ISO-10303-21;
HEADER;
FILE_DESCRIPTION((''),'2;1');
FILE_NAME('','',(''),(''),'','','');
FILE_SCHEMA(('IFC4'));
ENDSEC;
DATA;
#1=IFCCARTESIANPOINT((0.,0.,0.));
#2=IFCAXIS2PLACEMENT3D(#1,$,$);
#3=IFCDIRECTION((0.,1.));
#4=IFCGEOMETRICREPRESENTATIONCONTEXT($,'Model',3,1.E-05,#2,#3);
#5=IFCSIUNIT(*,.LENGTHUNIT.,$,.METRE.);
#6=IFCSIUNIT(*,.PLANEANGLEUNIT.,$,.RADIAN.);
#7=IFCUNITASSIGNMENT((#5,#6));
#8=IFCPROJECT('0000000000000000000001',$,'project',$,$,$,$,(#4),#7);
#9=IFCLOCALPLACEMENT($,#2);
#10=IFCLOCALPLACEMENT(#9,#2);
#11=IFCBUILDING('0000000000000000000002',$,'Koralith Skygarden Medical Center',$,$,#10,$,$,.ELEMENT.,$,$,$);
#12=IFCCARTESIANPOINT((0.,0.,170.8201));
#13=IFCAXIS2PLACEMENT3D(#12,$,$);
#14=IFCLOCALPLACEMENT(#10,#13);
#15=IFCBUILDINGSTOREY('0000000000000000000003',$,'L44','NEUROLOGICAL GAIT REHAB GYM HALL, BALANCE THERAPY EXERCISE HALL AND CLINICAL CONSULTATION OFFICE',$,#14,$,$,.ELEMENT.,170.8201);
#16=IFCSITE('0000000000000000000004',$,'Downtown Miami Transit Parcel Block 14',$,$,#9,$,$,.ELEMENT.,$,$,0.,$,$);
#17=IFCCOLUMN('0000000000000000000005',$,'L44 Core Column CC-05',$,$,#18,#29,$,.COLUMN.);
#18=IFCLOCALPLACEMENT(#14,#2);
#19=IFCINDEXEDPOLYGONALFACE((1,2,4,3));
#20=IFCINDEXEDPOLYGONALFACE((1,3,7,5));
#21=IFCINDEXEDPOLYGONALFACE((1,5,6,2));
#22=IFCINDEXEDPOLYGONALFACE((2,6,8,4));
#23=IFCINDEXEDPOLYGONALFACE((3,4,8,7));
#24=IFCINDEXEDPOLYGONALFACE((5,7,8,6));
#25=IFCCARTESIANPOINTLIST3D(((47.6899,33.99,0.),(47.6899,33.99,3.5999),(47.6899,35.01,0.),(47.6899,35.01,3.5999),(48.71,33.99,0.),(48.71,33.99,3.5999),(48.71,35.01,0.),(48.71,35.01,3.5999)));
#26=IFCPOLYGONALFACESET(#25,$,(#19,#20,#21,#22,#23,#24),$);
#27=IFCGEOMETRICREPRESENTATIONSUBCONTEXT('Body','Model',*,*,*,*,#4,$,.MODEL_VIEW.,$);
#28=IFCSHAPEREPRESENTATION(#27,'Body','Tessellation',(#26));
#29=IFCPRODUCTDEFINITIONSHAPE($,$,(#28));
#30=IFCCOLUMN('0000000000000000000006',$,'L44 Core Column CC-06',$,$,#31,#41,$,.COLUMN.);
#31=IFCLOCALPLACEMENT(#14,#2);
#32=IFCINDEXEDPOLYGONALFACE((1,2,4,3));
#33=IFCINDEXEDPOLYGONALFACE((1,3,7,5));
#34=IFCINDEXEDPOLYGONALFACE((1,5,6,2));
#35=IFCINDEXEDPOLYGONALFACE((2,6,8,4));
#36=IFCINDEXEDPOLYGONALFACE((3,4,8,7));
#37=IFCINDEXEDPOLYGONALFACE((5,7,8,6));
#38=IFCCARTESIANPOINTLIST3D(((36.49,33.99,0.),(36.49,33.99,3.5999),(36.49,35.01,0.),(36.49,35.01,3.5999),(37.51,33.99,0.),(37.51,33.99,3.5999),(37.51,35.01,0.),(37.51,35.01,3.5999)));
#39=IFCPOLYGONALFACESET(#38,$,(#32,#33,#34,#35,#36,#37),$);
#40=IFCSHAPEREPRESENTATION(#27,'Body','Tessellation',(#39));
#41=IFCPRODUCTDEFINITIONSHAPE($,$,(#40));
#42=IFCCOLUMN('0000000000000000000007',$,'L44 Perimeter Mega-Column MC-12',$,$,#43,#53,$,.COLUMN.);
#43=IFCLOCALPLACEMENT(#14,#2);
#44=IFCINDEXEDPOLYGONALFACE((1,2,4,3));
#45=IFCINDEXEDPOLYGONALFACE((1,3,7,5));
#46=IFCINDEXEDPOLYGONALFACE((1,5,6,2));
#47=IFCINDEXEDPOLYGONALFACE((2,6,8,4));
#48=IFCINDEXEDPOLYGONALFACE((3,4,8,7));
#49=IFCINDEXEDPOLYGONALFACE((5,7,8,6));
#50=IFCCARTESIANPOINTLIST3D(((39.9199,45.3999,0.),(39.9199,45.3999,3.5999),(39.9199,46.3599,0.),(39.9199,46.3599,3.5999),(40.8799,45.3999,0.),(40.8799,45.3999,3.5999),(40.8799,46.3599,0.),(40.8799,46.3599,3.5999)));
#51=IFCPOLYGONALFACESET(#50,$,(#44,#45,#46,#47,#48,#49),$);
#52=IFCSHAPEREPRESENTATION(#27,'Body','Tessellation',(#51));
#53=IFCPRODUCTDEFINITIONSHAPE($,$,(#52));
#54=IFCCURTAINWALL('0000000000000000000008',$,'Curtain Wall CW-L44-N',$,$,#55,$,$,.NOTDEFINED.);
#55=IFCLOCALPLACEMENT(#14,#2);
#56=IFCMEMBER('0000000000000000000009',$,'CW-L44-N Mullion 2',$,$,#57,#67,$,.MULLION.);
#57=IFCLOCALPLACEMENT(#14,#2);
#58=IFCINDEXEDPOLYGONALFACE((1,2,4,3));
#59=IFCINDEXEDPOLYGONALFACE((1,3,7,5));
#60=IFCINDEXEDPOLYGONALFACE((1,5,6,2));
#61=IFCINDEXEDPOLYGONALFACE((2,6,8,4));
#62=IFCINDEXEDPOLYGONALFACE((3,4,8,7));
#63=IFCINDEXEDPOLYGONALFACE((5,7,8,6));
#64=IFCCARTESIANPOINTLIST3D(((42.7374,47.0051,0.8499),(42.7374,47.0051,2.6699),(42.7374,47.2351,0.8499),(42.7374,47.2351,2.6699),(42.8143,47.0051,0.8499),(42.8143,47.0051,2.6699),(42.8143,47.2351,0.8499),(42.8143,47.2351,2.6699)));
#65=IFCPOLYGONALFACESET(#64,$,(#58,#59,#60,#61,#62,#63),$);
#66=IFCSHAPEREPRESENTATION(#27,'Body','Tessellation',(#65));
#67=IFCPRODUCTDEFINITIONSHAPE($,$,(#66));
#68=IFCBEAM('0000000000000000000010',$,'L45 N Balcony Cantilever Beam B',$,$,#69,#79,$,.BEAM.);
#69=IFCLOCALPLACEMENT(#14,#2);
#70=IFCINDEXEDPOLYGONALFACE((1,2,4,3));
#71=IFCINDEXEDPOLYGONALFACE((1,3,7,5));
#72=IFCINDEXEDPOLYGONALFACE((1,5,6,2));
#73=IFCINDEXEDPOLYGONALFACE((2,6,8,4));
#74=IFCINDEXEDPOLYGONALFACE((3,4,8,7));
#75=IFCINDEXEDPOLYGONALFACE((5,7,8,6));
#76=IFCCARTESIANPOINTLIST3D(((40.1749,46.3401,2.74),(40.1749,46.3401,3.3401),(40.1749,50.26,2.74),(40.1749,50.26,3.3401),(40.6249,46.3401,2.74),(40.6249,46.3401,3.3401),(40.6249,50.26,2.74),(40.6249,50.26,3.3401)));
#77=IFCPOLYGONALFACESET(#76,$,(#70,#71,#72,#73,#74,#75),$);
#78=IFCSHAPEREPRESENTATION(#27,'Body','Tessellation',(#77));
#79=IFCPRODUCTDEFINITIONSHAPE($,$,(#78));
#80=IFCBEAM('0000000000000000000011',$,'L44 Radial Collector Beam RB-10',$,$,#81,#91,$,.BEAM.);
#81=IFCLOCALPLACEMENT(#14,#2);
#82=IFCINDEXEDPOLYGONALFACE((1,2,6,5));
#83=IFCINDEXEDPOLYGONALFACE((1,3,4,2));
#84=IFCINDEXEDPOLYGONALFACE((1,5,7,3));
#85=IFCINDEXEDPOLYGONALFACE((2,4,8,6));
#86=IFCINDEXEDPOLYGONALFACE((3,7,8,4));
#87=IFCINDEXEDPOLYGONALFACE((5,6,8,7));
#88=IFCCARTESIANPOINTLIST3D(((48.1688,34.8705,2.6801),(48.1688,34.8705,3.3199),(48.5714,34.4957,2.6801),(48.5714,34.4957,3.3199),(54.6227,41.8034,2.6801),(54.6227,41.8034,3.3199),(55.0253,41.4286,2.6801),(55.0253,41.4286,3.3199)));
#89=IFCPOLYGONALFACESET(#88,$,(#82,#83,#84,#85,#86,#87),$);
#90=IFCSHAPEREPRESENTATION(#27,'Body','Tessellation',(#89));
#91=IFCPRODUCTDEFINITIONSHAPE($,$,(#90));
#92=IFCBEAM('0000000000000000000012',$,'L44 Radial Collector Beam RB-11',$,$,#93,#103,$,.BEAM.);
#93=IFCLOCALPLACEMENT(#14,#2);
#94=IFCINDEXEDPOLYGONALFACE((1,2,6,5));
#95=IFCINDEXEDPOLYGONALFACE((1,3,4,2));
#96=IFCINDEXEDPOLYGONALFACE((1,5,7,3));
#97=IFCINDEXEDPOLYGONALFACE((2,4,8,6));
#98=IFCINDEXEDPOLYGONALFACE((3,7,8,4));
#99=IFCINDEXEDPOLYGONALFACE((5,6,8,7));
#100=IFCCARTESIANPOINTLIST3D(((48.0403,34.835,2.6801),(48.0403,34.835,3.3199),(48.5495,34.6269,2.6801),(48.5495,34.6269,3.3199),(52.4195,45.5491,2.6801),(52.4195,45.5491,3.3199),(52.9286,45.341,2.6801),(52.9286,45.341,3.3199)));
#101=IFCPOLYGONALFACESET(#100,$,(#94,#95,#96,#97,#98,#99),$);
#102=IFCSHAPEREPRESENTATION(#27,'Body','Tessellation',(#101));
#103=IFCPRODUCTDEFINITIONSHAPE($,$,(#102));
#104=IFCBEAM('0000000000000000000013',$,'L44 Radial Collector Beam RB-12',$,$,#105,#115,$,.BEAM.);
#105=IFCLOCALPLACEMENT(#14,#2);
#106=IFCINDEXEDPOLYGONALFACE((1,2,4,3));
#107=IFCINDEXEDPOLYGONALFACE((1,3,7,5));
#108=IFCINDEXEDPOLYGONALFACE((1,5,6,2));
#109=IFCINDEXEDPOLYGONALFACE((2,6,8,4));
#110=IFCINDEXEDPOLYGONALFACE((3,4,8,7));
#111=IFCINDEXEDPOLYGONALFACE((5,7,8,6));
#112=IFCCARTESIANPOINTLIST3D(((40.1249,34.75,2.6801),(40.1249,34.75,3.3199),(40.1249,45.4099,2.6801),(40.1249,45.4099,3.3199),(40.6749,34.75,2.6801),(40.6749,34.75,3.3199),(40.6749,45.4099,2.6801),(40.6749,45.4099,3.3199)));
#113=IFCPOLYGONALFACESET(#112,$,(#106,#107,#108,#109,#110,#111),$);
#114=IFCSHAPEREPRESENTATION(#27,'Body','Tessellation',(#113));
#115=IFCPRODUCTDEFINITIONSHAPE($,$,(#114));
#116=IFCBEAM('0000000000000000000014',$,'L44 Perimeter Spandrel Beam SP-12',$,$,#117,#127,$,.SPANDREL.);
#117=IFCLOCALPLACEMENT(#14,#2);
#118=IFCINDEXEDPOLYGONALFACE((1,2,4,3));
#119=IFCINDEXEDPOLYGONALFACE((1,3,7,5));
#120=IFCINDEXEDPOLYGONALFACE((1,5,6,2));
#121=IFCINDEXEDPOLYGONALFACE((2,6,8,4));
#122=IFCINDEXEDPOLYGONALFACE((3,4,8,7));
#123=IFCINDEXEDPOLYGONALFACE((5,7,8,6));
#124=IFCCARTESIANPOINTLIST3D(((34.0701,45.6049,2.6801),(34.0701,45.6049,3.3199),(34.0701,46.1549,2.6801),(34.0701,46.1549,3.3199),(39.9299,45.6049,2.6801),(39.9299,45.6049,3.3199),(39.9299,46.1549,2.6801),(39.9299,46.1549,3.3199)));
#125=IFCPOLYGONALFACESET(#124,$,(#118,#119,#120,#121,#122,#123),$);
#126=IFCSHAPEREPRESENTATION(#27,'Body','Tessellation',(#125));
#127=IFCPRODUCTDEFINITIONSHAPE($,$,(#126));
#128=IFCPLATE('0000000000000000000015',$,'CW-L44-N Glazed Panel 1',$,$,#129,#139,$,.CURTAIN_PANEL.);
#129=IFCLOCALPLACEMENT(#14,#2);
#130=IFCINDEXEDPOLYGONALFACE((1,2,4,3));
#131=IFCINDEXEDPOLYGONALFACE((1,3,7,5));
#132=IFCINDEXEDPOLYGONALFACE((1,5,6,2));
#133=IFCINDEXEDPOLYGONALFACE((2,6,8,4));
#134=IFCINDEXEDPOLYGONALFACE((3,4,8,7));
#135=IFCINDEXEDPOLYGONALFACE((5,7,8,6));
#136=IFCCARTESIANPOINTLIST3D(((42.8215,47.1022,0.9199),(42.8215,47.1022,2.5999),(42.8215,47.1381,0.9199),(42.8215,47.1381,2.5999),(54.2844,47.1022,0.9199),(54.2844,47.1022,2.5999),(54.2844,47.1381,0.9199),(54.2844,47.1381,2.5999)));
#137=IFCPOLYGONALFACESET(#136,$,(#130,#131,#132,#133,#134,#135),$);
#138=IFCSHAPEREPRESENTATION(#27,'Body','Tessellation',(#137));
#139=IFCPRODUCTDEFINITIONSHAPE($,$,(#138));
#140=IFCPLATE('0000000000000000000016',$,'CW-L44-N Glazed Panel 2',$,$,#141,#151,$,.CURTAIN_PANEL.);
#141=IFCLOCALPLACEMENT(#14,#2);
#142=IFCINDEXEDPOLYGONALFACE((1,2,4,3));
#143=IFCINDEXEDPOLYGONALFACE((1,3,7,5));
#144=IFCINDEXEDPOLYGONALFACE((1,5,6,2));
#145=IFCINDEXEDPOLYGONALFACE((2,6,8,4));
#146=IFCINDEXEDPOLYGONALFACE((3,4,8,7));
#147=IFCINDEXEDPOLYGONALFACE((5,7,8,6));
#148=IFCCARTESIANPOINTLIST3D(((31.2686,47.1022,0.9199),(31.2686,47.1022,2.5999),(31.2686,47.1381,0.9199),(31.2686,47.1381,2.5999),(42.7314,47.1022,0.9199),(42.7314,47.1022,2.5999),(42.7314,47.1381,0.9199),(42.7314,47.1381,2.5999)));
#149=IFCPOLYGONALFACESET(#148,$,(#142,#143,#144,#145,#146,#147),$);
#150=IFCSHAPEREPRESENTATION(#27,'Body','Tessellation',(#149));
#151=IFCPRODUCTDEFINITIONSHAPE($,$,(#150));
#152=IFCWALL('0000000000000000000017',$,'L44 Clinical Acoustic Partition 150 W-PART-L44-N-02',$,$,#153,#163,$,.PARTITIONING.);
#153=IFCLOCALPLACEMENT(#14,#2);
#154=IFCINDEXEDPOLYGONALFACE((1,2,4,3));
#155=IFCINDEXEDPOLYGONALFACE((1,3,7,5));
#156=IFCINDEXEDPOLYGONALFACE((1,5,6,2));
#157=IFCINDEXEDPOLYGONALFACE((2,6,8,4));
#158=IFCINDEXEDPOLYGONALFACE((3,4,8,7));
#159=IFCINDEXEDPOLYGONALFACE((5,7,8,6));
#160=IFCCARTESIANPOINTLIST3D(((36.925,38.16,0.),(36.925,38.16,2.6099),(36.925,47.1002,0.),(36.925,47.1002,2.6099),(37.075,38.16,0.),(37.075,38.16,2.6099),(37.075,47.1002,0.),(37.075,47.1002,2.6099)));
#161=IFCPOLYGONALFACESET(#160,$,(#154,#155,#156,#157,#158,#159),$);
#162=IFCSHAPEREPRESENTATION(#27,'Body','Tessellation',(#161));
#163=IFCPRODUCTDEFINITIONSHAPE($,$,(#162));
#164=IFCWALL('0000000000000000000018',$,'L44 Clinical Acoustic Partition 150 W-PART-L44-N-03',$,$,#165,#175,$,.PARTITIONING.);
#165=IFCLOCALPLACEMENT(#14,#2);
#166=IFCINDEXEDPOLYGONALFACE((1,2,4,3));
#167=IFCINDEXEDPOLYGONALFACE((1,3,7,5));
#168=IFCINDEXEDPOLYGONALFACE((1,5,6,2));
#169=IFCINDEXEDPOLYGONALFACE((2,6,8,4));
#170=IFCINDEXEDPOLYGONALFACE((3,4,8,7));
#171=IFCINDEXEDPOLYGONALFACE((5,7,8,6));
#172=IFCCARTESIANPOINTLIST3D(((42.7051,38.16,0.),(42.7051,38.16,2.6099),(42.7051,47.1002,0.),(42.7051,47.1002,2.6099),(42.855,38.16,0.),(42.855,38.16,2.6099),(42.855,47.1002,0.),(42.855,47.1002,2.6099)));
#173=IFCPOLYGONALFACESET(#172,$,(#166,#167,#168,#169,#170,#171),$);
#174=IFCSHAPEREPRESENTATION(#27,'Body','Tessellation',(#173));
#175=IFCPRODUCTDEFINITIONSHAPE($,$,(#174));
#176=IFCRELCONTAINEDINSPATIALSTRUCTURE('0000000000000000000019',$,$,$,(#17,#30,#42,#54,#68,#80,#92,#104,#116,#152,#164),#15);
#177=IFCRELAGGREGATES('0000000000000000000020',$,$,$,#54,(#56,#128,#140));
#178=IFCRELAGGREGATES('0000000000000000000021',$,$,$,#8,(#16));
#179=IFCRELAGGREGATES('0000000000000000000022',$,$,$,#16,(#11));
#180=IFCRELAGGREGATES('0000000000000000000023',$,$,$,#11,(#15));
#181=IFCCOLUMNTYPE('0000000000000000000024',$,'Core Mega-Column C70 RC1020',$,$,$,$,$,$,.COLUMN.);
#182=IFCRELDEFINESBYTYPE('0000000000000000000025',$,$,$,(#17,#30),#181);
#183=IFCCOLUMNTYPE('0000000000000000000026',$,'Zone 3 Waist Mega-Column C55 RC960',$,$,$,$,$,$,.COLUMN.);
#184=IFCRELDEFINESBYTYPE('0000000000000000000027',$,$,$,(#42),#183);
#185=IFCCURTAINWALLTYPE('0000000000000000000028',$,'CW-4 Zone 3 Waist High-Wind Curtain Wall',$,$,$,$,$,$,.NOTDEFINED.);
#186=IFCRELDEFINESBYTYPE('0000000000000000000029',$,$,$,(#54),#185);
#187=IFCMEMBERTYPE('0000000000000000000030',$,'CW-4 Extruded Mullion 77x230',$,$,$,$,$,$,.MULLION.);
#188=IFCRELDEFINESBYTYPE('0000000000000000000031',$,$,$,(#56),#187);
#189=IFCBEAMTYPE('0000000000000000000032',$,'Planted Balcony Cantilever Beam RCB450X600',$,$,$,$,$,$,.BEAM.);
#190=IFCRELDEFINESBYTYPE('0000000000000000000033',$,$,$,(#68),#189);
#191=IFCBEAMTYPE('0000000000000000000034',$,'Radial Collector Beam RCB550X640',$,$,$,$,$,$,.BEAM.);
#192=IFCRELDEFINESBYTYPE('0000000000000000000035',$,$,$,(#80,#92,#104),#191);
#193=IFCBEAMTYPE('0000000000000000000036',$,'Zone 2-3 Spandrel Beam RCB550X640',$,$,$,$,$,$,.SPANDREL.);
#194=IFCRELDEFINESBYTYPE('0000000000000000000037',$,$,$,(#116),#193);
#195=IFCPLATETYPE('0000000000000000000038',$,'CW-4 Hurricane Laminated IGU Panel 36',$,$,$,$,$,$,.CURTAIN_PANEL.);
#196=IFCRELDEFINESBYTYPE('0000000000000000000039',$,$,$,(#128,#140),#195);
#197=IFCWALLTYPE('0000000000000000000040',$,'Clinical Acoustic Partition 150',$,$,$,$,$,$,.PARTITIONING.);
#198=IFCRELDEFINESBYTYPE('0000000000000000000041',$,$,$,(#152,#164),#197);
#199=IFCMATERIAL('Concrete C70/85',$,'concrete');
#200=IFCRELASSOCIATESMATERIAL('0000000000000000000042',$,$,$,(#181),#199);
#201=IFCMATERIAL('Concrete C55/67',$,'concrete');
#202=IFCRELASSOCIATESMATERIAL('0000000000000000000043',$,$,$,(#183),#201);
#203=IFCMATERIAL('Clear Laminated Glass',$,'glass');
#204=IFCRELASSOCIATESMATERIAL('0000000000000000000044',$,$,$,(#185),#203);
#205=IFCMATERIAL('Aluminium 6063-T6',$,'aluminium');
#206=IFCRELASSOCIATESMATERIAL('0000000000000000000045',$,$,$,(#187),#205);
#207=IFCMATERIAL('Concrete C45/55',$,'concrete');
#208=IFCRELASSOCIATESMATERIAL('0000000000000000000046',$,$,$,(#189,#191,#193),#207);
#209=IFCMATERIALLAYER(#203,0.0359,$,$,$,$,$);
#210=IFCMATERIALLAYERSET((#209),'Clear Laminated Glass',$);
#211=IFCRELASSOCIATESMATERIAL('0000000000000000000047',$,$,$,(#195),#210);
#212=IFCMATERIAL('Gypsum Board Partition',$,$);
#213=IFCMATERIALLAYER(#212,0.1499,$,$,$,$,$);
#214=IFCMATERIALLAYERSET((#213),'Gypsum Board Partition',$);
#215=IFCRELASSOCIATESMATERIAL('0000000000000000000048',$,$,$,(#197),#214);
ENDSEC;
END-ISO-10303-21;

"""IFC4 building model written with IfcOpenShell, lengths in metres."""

from ifc_helpers import new_model, si_unit, direction, frame, frame_2d, origin, origin_2d, place, context, subcontext, project, spatial, rectangle, extrude, material, layer, layer_set, material_profile, profile_set, type_object, element, aggregate, save


model = new_model("IFC4")

# Units and contexts
model_context = context("Model", 3, precision=1e-05, world=origin(), true_north=direction((0.0, 1.0)))
body_context = subcontext(model_context, "Body", "Model", "MODEL_VIEW")
ifc_project = project(units=[si_unit("LENGTHUNIT", "METRE"), si_unit("PLANEANGLEUNIT", "RADIAN")], contexts=[model_context])

# Site, building, storey
site_placement = place(None, origin())
site = spatial("IfcSite", under=ifc_project, at=site_placement, Name="Downtown Miami Transit Parcel Block 14", CompositionType="ELEMENT", RefElevation=0.0)
building_placement = place(site_placement, origin())
building = spatial("IfcBuilding", under=site, at=building_placement, Name="Koralith Skygarden Medical Center", CompositionType="ELEMENT")
storey_placement = place(building_placement, frame((0.0, 0.0, 170.8201)))
storey = spatial("IfcBuildingStorey", under=building, at=storey_placement, Name="L44", Description="NEUROLOGICAL GAIT REHAB GYM HALL, BALANCE THERAPY EXERCISE HALL AND CLINICAL CONSULTATION OFFICE", CompositionType="ELEMENT", Elevation=170.8201)

# Columns
ifc_material_1 = material(Name="Concrete C70/85", Category="concrete")
ifc_material_profile_1 = material_profile(ifc_material_1, rectangle(XDim=1.02, YDim=1.02, at=origin_2d()), Name="RC1020X1020")
ifc_profile_set_1 = profile_set([ifc_material_profile_1], Name="Concrete C70/85")
column_type_1 = type_object("IfcColumnType", Name="Core Mega-Column C70 RC1020", PredefinedType="COLUMN", material=ifc_profile_set_1)
for number, where, z_axis, x_axis, name in (
    (1, (48.2, 34.5, 0.0), (0.0, 0.0, 1.0), (1.0, 0.0, 0.0), "L44 Core Column CC-05"),
    (2, (37.0, 34.5, 0.0), (0.0, 0.0, 1.0), (1.0, 0.0, 0.0), "L44 Core Column CC-06"),
):
    element("IfcColumn", number, at=place(storey_placement, frame(where, z_axis=z_axis, x_axis=x_axis)), inside=storey, type_object=column_type_1, Name=name, PredefinedType="COLUMN", context=body_context, shape_type="SweptSolid", body=[
        extrude(rectangle(XDim=1.02, YDim=1.02, at=origin_2d()), origin(), (0.0, 0.0, 1.0), 3.5999),
    ])
ifc_material_2 = material(Name="Concrete C55/67", Category="concrete")
ifc_material_profile_2 = material_profile(ifc_material_2, rectangle(XDim=0.96, YDim=0.96, at=origin_2d()), Name="RC960X960")
ifc_profile_set_2 = profile_set([ifc_material_profile_2], Name="Concrete C55/67")
column_type_2 = type_object("IfcColumnType", Name="Zone 3 Waist Mega-Column C55 RC960", PredefinedType="COLUMN", material=ifc_profile_set_2)
column_placement = place(storey_placement, frame((40.3999, 45.8799, 0.0), z_axis=(0.0, 0.0, 1.0), x_axis=(1.0, 0.0, 0.0)))
element("IfcColumn", 3, at=column_placement, inside=storey, type_object=column_type_2, Name="L44 Perimeter Mega-Column MC-12", PredefinedType="COLUMN", context=body_context, shape_type="SweptSolid", body=[
    extrude(rectangle(XDim=0.96, YDim=0.96, at=origin_2d()), origin(), (0.0, 0.0, 1.0), 3.5999),
])

# Curtain wall, member
ifc_material_3 = material(Name="Clear Laminated Glass", Category="glass")
curtain_wall_type = type_object("IfcCurtainWallType", Name="CW-4 Zone 3 Waist High-Wind Curtain Wall", PredefinedType="NOTDEFINED", material=ifc_material_3)
curtain_wall_placement = place(storey_placement, origin())
curtain_wall = element("IfcCurtainWall", 4, at=curtain_wall_placement, inside=storey, type_object=curtain_wall_type, Name="Curtain Wall CW-L44-N", PredefinedType="NOTDEFINED")
ifc_material_4 = material(Name="Aluminium 6063-T6", Category="aluminium")
ifc_material_profile_3 = material_profile(ifc_material_4, rectangle(XDim=0.0769, YDim=0.23, at=origin_2d()), Name="MUL77X230")
ifc_profile_set_3 = profile_set([ifc_material_profile_3], Name="Aluminium 6063-T6")
member_type = type_object("IfcMemberType", Name="CW-4 Extruded Mullion 77x230", PredefinedType="MULLION", material=ifc_profile_set_3)
member_placement = place(storey_placement, frame((42.7759, 47.1201, 0.8499), z_axis=(0.0, 0.0, 1.0), x_axis=(1.0, 0.0, 0.0)))
member = element("IfcMember", 5, at=member_placement, type_object=member_type, Name="CW-L44-N Mullion 2", PredefinedType="MULLION", context=body_context, shape_type="SweptSolid", body=[
    extrude(rectangle(XDim=0.0769, YDim=0.23, at=origin_2d()), origin(), (0.0, 0.0, 1.0), 1.8201),
])

# Beams
ifc_material_5 = material(Name="Concrete C45/55", Category="concrete")
ifc_material_profile_4 = material_profile(ifc_material_5, rectangle(XDim=0.45, YDim=0.6001, at=origin_2d()), Name="RCB450X600")
ifc_profile_set_4 = profile_set([ifc_material_profile_4], Name="Concrete C45/55")
beam_type_1 = type_object("IfcBeamType", Name="Planted Balcony Cantilever Beam RCB450X600", PredefinedType="BEAM", material=ifc_profile_set_4)
beam_1_placement = place(storey_placement, frame((40.3999, 46.3401, 3.04), z_axis=(0.0, 1.0, 0.0), x_axis=(-1.0, 0.0, 0.0)))
element("IfcBeam", 6, at=beam_1_placement, inside=storey, type_object=beam_type_1, Name="L45 N Balcony Cantilever Beam B", PredefinedType="BEAM", context=body_context, shape_type="SweptSolid", body=[
    extrude(rectangle(XDim=0.45, YDim=0.6001, at=origin_2d()), origin(), (0.0, 0.0, 1.0), 3.9199),
])
ifc_material_profile_5 = material_profile(ifc_material_5, rectangle(XDim=0.55, YDim=0.6399, at=origin_2d()), Name="RCB550X640")
ifc_profile_set_5 = profile_set([ifc_material_profile_5], Name="Concrete C45/55")
beam_type_2 = type_object("IfcBeamType", Name="Radial Collector Beam RCB550X640", PredefinedType="BEAM", material=ifc_profile_set_5)
beam_2_placement = place(storey_placement, frame((48.3701, 34.6831, 3.0), z_axis=(0.681369, 0.73194, 0.0), x_axis=(-0.73194, 0.681369, 0.0)))
element("IfcBeam", 7, at=beam_2_placement, inside=storey, type_object=beam_type_2, Name="L44 Radial Collector Beam RB-10", PredefinedType="BEAM", context=body_context, shape_type="SweptSolid", body=[
    extrude(rectangle(XDim=0.55, YDim=0.6399, at=origin_2d()), origin(), (0.0, 0.0, 1.0), 9.4719),
])
beam_3_placement = place(storey_placement, frame((48.2949, 34.731, 3.0), z_axis=(0.378345, 0.925665, 0.0), x_axis=(-0.925665, 0.378345, 0.0)))
element("IfcBeam", 8, at=beam_3_placement, inside=storey, type_object=beam_type_2, Name="L44 Radial Collector Beam RB-11", PredefinedType="BEAM", context=body_context, shape_type="SweptSolid", body=[
    extrude(rectangle(XDim=0.55, YDim=0.6399, at=origin_2d()), origin(), (0.0, 0.0, 1.0), 11.5745),
])
beam_4_placement = place(storey_placement, frame((40.3999, 34.75, 3.0), z_axis=(0.0, 1.0, 0.0), x_axis=(-1.0, 0.0, 0.0)))
element("IfcBeam", 9, at=beam_4_placement, inside=storey, type_object=beam_type_2, Name="L44 Radial Collector Beam RB-12", PredefinedType="BEAM", context=body_context, shape_type="SweptSolid", body=[
    extrude(rectangle(XDim=0.55, YDim=0.6399, at=origin_2d()), origin(), (0.0, 0.0, 1.0), 10.6599),
])
ifc_material_profile_6 = material_profile(ifc_material_5, rectangle(XDim=0.55, YDim=0.6399, at=origin_2d()), Name="RCB550X640")
ifc_profile_set_6 = profile_set([ifc_material_profile_6], Name="Concrete C45/55")
beam_type_3 = type_object("IfcBeamType", Name="Zone 2-3 Spandrel Beam RCB550X640", PredefinedType="SPANDREL", material=ifc_profile_set_6)
beam_5_placement = place(storey_placement, frame((39.9299, 45.8799, 3.0), z_axis=(-1.0, 0.0, 0.0), x_axis=(0.0, -1.0, 0.0)))
element("IfcBeam", 10, at=beam_5_placement, inside=storey, type_object=beam_type_3, Name="L44 Perimeter Spandrel Beam SP-12", PredefinedType="SPANDREL", context=body_context, shape_type="SweptSolid", body=[
    extrude(rectangle(XDim=0.55, YDim=0.6399, at=origin_2d()), origin(), (0.0, 0.0, 1.0), 5.8599),
])

# Plates
ifc_layer_1 = layer(ifc_material_3, 0.0359)
ifc_layer_set_1 = layer_set([ifc_layer_1], Name="Clear Laminated Glass")
plate_type = type_object("IfcPlateType", Name="CW-4 Hurricane Laminated IGU Panel 36", PredefinedType="CURTAIN_PANEL", material=ifc_layer_set_1)
plate_1_placement = place(storey_placement, frame((48.553, 47.1201, 0.9199), z_axis=(0.0, 0.0, 1.0), x_axis=(-1.0, 0.0, 0.0)))
plate_1 = element("IfcPlate", 11, at=plate_1_placement, type_object=plate_type, Name="CW-L44-N Glazed Panel 1", PredefinedType="CURTAIN_PANEL", context=body_context, shape_type="SweptSolid", body=[
    extrude(rectangle(XDim=11.4629, YDim=0.0359, at=origin_2d()), origin(), (0.0, 0.0, 1.0), 1.6799),
])
plate_2_placement = place(storey_placement, frame((37.0, 47.1201, 0.9199), z_axis=(0.0, 0.0, 1.0), x_axis=(-1.0, 0.0, 0.0)))
plate_2 = element("IfcPlate", 12, at=plate_2_placement, type_object=plate_type, Name="CW-L44-N Glazed Panel 2", PredefinedType="CURTAIN_PANEL", context=body_context, shape_type="SweptSolid", body=[
    extrude(rectangle(XDim=11.4629, YDim=0.0359, at=origin_2d()), origin(), (0.0, 0.0, 1.0), 1.6799),
])
aggregate(curtain_wall, [member, plate_1, plate_2])

# Walls
ifc_material_6 = material(Name="Gypsum Board Partition")
ifc_layer_2 = layer(ifc_material_6, 0.1499)
ifc_layer_set_2 = layer_set([ifc_layer_2], Name="Gypsum Board Partition")
wall_type_1 = type_object("IfcWallType", Name="Clinical Acoustic Partition 150", PredefinedType="PARTITIONING", material=ifc_layer_set_2)
for number, where, z_axis, x_axis, name in (
    (13, (37.0, 38.1599, 0.0), (0.0, 0.0, 1.0), (0.0, 1.0, 0.0), "L44 Clinical Acoustic Partition 150 W-PART-L44-N-02"),
    (14, (42.78, 38.1599, 0.0), (0.0, 0.0, 1.0), (0.0, 1.0, 0.0), "L44 Clinical Acoustic Partition 150 W-PART-L44-N-03"),
):
    element("IfcWall", number, at=place(storey_placement, frame(where, z_axis=z_axis, x_axis=x_axis)), inside=storey, type_object=wall_type_1, Name=name, PredefinedType="PARTITIONING", context=body_context, shape_type="SweptSolid", body=[
        extrude(rectangle(XDim=8.9402, YDim=0.1499, at=frame_2d((4.4702, 0.0))), origin(), (0.0, 0.0, 1.0), 2.6099),
    ])

save(model, "model.ifc")
